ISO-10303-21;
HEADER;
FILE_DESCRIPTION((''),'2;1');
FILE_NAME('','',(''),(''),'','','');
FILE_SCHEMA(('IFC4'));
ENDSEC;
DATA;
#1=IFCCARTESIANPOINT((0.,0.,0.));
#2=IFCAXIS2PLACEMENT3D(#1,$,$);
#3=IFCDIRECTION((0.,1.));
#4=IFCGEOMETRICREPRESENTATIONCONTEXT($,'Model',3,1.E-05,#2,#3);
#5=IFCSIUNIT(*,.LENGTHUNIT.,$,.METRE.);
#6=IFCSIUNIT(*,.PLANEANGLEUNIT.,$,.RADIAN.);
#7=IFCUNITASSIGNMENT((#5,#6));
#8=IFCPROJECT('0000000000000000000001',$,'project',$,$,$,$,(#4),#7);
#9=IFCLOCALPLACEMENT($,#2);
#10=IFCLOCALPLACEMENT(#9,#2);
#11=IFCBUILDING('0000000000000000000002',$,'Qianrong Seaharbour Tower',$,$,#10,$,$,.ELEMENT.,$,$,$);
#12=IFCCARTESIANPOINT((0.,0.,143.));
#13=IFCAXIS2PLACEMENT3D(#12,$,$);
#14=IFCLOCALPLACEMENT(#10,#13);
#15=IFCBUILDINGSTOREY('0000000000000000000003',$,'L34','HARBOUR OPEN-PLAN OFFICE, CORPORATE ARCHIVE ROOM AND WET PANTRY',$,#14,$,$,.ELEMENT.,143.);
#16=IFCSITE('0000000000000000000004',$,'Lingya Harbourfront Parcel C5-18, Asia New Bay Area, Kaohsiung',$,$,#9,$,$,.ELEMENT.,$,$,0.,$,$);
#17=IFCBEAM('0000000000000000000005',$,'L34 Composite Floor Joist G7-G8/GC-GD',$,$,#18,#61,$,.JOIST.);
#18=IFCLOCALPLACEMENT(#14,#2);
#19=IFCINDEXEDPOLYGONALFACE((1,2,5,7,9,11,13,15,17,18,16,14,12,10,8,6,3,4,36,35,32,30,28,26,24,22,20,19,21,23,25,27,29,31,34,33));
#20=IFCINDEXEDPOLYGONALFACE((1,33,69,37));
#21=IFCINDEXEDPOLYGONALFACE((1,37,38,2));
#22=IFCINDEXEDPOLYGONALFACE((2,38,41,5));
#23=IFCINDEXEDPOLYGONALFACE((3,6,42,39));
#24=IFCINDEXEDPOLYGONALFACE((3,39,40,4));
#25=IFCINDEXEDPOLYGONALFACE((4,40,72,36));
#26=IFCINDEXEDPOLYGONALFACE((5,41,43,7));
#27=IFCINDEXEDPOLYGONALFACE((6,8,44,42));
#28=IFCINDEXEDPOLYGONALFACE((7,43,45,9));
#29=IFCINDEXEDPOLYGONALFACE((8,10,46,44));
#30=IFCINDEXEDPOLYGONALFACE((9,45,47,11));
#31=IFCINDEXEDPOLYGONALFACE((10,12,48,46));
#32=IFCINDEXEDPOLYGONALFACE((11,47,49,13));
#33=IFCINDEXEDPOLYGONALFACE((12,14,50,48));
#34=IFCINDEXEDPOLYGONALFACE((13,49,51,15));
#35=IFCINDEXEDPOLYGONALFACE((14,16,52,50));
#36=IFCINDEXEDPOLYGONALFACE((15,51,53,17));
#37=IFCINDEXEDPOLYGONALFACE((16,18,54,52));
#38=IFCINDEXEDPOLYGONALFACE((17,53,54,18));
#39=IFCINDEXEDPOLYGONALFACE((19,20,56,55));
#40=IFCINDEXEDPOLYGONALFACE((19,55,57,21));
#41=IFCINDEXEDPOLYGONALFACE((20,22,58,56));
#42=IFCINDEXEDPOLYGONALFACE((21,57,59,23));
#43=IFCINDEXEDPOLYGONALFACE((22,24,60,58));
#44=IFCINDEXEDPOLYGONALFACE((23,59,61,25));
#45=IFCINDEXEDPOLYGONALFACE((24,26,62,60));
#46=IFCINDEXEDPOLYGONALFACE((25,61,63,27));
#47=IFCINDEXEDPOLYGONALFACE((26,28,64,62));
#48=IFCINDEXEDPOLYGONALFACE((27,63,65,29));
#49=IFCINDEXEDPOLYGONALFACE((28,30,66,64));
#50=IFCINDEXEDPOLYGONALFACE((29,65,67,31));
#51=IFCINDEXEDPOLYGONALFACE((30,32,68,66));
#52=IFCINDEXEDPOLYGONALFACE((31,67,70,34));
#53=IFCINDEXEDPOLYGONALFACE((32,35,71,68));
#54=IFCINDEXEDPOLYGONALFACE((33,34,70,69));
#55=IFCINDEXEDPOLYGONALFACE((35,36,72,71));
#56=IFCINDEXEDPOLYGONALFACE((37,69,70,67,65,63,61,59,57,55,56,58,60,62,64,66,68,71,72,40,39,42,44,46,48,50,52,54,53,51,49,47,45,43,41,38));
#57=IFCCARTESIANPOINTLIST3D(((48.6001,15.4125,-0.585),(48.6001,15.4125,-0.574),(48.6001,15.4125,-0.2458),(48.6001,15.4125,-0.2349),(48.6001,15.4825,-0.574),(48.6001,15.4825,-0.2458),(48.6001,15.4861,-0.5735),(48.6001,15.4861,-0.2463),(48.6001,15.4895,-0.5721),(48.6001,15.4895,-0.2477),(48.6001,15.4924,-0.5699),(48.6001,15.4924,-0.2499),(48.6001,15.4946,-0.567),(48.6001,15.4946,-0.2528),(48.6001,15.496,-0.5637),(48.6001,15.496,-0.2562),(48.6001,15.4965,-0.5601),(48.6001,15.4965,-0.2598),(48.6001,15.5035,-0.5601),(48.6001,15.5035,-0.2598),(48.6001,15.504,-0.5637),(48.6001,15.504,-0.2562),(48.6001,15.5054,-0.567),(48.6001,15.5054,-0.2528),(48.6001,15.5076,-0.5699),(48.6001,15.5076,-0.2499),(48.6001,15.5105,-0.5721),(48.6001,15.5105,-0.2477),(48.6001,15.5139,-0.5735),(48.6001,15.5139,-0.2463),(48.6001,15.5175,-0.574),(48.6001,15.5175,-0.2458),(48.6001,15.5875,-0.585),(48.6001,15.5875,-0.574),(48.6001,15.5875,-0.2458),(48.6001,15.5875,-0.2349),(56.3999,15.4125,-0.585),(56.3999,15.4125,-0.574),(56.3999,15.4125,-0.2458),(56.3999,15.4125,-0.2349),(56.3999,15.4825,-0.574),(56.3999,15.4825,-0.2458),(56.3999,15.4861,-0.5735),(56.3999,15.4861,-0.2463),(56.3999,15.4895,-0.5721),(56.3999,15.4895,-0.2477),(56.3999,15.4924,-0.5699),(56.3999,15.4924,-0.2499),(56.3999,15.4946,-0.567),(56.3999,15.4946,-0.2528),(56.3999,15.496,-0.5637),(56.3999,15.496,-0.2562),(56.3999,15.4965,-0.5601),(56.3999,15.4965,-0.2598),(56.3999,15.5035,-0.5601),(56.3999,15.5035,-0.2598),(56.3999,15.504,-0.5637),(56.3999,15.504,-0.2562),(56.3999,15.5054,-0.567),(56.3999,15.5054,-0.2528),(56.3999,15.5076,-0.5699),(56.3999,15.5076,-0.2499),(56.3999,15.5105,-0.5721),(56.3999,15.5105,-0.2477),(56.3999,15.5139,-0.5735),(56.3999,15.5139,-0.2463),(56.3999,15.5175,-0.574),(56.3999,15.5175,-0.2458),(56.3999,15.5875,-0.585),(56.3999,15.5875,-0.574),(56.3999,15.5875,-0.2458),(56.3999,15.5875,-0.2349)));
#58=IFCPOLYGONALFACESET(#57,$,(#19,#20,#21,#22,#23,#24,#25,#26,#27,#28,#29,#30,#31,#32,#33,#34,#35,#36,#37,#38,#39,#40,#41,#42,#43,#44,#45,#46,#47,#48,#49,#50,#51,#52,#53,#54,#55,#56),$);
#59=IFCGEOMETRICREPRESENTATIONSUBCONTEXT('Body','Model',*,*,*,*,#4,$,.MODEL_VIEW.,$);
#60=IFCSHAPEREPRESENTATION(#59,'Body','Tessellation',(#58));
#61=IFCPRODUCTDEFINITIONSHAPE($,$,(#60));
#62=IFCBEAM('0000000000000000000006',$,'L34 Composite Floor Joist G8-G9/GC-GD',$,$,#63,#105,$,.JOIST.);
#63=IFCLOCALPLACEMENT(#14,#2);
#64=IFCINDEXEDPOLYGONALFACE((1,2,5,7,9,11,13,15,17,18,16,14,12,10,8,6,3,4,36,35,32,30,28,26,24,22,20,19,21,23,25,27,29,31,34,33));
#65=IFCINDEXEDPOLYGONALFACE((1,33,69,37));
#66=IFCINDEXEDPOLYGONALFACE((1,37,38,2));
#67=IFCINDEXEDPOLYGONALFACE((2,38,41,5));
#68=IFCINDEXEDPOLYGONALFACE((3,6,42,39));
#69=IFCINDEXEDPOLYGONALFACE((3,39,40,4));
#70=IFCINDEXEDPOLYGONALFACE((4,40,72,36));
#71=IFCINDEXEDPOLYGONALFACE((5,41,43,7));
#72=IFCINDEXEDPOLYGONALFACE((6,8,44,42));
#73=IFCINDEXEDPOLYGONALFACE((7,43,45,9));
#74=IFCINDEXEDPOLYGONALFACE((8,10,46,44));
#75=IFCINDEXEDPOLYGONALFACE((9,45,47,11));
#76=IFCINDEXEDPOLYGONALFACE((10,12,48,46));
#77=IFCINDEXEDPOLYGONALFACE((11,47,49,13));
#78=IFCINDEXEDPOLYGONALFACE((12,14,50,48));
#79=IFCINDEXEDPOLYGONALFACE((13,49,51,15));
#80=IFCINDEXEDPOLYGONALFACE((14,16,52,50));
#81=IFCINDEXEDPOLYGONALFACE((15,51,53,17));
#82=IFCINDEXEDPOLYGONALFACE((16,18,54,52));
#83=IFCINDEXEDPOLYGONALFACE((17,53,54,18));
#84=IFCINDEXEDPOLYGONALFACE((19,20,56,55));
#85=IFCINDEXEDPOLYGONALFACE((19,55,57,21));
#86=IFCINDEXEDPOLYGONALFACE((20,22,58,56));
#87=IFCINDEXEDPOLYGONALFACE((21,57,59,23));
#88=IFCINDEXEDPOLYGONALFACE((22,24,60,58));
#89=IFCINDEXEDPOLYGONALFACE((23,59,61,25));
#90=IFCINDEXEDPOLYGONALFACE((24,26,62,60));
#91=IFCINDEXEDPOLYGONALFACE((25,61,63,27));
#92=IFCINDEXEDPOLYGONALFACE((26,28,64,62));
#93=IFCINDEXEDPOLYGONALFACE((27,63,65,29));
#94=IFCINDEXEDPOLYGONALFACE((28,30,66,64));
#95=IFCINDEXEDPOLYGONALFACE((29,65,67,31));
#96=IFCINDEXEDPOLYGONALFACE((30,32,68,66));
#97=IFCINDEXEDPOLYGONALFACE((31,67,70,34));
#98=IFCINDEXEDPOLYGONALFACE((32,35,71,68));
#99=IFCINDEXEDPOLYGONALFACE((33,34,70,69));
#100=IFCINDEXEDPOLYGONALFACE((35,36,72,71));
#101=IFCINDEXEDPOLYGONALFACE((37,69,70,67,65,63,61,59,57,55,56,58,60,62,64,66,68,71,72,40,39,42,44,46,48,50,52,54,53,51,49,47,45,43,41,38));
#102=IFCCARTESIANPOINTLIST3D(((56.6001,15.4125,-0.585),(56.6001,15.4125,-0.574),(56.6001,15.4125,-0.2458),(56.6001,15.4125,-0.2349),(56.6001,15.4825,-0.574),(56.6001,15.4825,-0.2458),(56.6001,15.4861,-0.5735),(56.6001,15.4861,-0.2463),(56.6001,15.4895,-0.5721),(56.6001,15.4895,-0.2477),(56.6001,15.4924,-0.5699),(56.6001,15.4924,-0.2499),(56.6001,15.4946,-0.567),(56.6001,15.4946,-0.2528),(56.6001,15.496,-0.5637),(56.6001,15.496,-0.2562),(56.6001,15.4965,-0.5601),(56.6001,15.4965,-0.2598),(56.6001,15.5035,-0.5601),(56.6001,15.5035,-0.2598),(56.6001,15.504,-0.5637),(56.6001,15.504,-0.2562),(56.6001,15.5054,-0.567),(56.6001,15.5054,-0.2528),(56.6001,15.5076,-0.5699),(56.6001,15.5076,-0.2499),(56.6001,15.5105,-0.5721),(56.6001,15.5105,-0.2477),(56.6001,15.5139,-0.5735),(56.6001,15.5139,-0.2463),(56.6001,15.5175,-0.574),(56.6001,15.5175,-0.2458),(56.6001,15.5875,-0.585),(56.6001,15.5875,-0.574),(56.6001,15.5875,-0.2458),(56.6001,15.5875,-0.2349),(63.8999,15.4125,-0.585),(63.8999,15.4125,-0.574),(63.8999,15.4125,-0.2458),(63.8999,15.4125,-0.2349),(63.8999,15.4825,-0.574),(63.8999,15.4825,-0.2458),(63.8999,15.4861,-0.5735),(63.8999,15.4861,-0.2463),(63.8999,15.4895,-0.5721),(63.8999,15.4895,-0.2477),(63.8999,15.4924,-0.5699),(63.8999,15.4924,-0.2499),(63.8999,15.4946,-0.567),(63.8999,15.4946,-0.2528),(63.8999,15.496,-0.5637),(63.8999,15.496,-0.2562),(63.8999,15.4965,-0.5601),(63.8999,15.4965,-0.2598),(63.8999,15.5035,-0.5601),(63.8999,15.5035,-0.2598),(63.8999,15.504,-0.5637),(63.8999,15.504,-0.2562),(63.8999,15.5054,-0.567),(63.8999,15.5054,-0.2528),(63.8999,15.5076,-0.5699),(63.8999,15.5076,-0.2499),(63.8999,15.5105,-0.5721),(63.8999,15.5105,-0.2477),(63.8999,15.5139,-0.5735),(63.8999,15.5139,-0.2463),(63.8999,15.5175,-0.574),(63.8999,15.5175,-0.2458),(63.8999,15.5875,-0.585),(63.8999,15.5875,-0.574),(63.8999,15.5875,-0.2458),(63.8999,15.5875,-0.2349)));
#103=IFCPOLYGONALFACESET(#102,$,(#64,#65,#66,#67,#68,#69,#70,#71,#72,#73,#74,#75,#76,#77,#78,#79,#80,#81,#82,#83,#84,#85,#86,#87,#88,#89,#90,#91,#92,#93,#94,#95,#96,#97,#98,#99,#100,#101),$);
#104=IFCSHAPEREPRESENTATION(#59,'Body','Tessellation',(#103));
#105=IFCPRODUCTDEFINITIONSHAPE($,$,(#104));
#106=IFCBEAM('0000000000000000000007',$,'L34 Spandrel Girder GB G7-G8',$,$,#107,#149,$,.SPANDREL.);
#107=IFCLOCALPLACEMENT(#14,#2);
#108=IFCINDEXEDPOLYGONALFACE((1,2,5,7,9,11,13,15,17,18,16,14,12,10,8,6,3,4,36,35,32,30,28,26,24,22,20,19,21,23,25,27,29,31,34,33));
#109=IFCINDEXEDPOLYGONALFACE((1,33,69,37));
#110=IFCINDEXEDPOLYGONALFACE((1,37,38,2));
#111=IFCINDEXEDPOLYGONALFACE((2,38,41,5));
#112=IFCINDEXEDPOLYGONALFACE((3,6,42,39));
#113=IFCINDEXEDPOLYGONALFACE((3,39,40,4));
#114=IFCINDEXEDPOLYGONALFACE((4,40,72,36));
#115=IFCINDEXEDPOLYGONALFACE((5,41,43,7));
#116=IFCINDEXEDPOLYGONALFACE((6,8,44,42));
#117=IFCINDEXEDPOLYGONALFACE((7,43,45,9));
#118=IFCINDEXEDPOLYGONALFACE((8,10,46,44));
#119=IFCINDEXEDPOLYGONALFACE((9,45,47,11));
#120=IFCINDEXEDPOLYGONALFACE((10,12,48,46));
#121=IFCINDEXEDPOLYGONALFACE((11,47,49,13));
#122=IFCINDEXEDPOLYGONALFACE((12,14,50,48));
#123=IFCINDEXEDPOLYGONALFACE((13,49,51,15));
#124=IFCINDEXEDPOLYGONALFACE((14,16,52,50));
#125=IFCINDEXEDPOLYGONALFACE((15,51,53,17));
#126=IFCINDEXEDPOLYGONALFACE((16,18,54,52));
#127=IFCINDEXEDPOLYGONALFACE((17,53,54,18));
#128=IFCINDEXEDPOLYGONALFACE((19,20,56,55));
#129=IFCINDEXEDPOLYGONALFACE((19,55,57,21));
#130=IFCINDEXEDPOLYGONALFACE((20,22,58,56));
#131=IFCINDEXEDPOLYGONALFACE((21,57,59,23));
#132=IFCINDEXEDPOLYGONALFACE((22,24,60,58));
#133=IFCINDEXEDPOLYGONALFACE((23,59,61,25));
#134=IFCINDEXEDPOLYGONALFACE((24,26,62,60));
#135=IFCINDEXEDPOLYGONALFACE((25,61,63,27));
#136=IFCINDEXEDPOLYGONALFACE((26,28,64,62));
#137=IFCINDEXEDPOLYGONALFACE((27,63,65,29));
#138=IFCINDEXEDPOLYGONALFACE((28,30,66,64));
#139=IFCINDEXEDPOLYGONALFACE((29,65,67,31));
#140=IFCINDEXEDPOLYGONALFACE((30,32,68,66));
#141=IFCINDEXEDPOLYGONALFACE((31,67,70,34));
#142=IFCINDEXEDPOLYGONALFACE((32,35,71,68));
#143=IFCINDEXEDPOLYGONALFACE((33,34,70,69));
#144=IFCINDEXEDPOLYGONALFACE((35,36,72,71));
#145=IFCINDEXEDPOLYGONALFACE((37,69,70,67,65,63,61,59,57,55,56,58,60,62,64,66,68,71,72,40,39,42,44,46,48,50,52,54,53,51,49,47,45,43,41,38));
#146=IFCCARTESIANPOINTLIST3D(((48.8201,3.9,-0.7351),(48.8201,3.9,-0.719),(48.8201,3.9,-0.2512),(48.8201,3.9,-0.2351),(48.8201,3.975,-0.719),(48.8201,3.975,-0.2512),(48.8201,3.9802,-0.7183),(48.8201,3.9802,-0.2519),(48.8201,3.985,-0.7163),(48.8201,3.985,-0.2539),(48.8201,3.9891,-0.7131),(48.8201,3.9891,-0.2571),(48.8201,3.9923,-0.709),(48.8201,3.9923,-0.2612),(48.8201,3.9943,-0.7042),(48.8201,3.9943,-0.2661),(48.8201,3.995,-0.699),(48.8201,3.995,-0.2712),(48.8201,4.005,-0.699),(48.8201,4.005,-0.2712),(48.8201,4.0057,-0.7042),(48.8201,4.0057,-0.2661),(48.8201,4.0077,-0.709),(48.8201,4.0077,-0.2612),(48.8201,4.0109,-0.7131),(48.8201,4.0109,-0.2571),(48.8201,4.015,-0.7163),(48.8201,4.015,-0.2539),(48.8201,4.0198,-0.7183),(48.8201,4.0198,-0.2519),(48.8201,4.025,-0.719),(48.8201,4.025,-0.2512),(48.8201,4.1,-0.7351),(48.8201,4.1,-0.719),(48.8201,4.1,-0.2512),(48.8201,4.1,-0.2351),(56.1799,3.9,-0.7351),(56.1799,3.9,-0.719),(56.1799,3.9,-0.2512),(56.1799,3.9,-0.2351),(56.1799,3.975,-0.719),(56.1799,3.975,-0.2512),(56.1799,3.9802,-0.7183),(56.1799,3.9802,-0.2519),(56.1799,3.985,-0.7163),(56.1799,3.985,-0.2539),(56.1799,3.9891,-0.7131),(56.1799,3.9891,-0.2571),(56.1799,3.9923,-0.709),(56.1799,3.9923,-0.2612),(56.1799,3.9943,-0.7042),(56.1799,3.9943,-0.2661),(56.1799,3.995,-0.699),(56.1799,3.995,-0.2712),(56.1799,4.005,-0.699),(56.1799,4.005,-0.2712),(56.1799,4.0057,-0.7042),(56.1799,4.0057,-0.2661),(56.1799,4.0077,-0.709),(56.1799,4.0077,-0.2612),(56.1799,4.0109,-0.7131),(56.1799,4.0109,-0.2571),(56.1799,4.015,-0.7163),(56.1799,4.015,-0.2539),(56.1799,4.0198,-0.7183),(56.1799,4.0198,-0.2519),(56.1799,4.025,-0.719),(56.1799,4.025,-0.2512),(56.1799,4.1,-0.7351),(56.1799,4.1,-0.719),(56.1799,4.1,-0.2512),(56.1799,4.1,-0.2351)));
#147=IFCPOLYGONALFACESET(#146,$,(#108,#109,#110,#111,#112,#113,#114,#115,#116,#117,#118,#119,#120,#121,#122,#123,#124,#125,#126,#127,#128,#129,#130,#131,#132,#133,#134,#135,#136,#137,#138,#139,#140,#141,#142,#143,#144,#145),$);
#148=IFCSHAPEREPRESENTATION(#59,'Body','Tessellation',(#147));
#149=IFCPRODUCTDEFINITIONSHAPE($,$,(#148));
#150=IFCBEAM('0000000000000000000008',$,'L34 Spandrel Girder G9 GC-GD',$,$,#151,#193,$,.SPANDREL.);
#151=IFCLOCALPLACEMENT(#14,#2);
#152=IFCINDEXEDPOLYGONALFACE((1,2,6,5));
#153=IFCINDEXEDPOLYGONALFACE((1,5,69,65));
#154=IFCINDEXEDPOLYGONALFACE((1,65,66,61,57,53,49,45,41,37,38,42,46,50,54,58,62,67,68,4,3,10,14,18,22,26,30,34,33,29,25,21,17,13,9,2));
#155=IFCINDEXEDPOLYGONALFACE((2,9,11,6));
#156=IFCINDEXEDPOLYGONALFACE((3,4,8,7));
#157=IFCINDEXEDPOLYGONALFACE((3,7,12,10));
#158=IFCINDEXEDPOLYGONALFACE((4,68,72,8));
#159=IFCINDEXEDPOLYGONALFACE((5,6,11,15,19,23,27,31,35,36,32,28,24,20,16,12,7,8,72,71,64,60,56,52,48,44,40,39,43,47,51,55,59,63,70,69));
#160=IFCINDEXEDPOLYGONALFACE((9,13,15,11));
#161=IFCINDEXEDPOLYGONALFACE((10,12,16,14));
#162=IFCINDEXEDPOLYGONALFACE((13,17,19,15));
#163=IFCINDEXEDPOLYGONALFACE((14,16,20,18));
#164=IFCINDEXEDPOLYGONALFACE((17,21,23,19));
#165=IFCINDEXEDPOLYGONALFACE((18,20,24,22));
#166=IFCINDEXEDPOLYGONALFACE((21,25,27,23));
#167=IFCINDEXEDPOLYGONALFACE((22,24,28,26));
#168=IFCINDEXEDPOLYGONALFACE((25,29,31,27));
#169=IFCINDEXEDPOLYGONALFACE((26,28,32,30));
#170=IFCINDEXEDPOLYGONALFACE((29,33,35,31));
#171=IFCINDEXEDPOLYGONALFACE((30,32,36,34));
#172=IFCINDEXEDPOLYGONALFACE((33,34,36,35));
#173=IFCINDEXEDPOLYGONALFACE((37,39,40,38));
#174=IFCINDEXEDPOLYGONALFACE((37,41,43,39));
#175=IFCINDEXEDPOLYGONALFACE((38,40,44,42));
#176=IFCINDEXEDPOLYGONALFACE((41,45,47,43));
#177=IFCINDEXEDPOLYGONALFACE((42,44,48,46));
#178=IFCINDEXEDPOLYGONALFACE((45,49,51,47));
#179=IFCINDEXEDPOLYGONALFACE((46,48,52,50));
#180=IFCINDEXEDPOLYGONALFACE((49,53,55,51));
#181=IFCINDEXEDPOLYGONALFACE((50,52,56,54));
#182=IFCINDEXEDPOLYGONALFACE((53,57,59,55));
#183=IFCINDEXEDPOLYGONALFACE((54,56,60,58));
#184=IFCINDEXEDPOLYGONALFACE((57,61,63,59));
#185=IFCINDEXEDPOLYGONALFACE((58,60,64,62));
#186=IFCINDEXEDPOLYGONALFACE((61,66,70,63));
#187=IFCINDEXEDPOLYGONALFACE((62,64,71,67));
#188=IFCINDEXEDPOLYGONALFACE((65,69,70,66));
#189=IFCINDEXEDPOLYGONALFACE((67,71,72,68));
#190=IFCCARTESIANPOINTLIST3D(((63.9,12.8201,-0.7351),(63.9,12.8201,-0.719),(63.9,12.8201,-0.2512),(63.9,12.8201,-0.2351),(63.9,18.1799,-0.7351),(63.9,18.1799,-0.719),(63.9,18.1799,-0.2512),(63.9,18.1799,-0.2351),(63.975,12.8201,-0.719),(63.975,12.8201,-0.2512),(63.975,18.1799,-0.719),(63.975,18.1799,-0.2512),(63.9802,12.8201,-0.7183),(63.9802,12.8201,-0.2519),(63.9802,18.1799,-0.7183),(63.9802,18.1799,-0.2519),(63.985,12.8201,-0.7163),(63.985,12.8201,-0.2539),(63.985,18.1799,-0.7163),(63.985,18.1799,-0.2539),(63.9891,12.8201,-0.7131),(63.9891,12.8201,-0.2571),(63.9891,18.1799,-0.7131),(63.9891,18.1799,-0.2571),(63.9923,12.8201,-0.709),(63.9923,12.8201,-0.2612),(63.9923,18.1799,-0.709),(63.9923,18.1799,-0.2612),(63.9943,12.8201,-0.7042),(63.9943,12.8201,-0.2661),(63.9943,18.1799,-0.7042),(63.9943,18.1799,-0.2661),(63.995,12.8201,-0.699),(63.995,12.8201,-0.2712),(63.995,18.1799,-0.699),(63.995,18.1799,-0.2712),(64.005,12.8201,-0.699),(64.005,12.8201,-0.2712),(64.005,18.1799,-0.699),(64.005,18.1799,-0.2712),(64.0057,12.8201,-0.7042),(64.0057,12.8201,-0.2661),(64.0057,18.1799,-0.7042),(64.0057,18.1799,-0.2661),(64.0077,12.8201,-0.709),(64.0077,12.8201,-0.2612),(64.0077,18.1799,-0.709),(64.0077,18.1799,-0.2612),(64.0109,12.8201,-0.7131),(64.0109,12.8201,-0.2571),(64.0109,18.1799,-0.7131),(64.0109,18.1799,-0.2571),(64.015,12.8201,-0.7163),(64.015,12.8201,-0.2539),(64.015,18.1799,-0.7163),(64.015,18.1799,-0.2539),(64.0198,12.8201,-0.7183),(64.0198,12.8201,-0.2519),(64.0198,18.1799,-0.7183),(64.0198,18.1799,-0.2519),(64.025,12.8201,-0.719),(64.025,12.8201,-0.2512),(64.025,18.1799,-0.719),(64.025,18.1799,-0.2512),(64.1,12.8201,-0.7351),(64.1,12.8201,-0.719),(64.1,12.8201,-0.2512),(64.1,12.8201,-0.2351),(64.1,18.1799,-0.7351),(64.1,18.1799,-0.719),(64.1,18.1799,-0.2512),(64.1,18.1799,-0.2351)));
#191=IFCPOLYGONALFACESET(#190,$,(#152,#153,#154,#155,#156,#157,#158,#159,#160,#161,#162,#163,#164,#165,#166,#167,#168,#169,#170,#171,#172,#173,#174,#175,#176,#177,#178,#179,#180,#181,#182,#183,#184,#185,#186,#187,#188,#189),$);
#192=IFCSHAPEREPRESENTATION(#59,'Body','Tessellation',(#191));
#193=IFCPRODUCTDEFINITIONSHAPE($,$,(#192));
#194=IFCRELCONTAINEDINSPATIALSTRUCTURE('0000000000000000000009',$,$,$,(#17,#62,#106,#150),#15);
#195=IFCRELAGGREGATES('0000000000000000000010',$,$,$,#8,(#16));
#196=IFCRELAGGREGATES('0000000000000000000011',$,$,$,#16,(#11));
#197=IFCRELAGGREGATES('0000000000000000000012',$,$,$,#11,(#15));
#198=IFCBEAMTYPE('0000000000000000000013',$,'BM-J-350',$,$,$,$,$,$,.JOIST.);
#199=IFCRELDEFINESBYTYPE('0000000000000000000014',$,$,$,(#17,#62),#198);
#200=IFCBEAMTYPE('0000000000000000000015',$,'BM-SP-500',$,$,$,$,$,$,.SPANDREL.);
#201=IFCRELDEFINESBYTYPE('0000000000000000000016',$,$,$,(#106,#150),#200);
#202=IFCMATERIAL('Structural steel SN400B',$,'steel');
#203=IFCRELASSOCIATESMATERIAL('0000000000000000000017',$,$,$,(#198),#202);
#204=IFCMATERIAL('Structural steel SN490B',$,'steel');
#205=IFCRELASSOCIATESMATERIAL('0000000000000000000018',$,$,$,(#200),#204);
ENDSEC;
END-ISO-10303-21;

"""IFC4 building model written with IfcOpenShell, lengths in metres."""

from ifc_helpers import new_model, si_unit, direction, frame, origin, origin_2d, place, context, subcontext, project, spatial, i_section, extrude, material, material_profile, profile_set, type_object, element, save


model = new_model("IFC4")

# Units and contexts
model_context = context("Model", 3, precision=1e-05, world=origin(), true_north=direction((0.0, 1.0)))
body_context = subcontext(model_context, "Body", "Model", "MODEL_VIEW")
ifc_project = project(units=[si_unit("LENGTHUNIT", "METRE"), si_unit("PLANEANGLEUNIT", "RADIAN")], contexts=[model_context])

# Site, building, storey
site_placement = place(None, origin())
site = spatial("IfcSite", under=ifc_project, at=site_placement, Name="Lingya Harbourfront Parcel C5-18, Asia New Bay Area, Kaohsiung", CompositionType="ELEMENT", RefElevation=0.0)
building_placement = place(site_placement, origin())
building = spatial("IfcBuilding", under=site, at=building_placement, Name="Qianrong Seaharbour Tower", CompositionType="ELEMENT")
storey_placement = place(building_placement, frame((0.0, 0.0, 143.0)))
storey = spatial("IfcBuildingStorey", under=building, at=storey_placement, Name="L34", Description="HARBOUR OPEN-PLAN OFFICE, CORPORATE ARCHIVE ROOM AND WET PANTRY", CompositionType="ELEMENT", Elevation=143.0)

# Shared definitions
ifc_material_1 = material(Name="Structural steel SN490B", Category="steel")

# Beams
ifc_material_2 = material(Name="Structural steel SN400B", Category="steel")
ifc_material_profile_1 = material_profile(ifc_material_2, i_section(OverallWidth=0.175, OverallDepth=0.3501, WebThickness=0.0071, FlangeThickness=0.011, FilletRadius=0.0139, at=origin_2d()), Name="H350x175x7x11")
ifc_profile_set_1 = profile_set([ifc_material_profile_1], Name="Structural steel SN400B")
beam_type_1 = type_object("IfcBeamType", Name="BM-J-350", PredefinedType="JOIST", material=ifc_profile_set_1)
for number, where, z_axis, x_axis, name in (
    (1, (48.6001, 15.5, -0.4099), (1.0, 0.0, 0.0), (0.0, 1.0, 0.0), "L34 Composite Floor Joist G7-G8/GC-GD"),
):
    element("IfcBeam", number, at=place(storey_placement, frame(where, z_axis=z_axis, x_axis=x_axis)), inside=storey, type_object=beam_type_1, Name=name, PredefinedType="JOIST", context=body_context, shape_type="SweptSolid", body=[
        extrude(i_section(OverallWidth=0.175, OverallDepth=0.3501, WebThickness=0.0071, FlangeThickness=0.011, FilletRadius=0.0139, at=origin_2d()), origin(), (0.0, 0.0, 1.0), 7.7998),
    ])
beam_1_placement = place(storey_placement, frame((56.6001, 15.5, -0.4099), z_axis=(1.0, 0.0, 0.0), x_axis=(0.0, 1.0, 0.0)))
element("IfcBeam", 2, at=beam_1_placement, inside=storey, type_object=beam_type_1, Name="L34 Composite Floor Joist G8-G9/GC-GD", PredefinedType="JOIST", context=body_context, shape_type="SweptSolid", body=[
    extrude(i_section(OverallWidth=0.175, OverallDepth=0.3501, WebThickness=0.0071, FlangeThickness=0.011, FilletRadius=0.0139, at=origin_2d()), origin(), (0.0, 0.0, 1.0), 7.2998),
])
ifc_material_profile_2 = material_profile(ifc_material_1, i_section(OverallWidth=0.2, OverallDepth=0.5, WebThickness=0.01, FlangeThickness=0.0161, FilletRadius=0.02, at=origin_2d()), Name="H500x200x10x16")
ifc_profile_set_2 = profile_set([ifc_material_profile_2], Name="Structural steel SN490B")
beam_type_2 = type_object("IfcBeamType", Name="BM-SP-500", PredefinedType="SPANDREL", material=ifc_profile_set_2)
beam_2_placement = place(storey_placement, frame((48.8201, 4.0, -0.4851), z_axis=(1.0, 0.0, 0.0), x_axis=(0.0, 1.0, 0.0)))
element("IfcBeam", 3, at=beam_2_placement, inside=storey, type_object=beam_type_2, Name="L34 Spandrel Girder GB G7-G8", PredefinedType="SPANDREL", context=body_context, shape_type="SweptSolid", body=[
    extrude(i_section(OverallWidth=0.2, OverallDepth=0.5, WebThickness=0.01, FlangeThickness=0.0161, FilletRadius=0.02, at=origin_2d()), origin(), (0.0, 0.0, 1.0), 7.3599),
])
beam_3_placement = place(storey_placement, frame((64.0, 12.8201, -0.4851), z_axis=(0.0, 1.0, 0.0), x_axis=(-1.0, 0.0, 0.0)))
element("IfcBeam", 4, at=beam_3_placement, inside=storey, type_object=beam_type_2, Name="L34 Spandrel Girder G9 GC-GD", PredefinedType="SPANDREL", context=body_context, shape_type="SweptSolid", body=[
    extrude(i_section(OverallWidth=0.2, OverallDepth=0.5, WebThickness=0.01, FlangeThickness=0.0161, FilletRadius=0.02, at=origin_2d()), origin(), (0.0, 0.0, 1.0), 5.3599),
])

save(model, "model.ifc")
